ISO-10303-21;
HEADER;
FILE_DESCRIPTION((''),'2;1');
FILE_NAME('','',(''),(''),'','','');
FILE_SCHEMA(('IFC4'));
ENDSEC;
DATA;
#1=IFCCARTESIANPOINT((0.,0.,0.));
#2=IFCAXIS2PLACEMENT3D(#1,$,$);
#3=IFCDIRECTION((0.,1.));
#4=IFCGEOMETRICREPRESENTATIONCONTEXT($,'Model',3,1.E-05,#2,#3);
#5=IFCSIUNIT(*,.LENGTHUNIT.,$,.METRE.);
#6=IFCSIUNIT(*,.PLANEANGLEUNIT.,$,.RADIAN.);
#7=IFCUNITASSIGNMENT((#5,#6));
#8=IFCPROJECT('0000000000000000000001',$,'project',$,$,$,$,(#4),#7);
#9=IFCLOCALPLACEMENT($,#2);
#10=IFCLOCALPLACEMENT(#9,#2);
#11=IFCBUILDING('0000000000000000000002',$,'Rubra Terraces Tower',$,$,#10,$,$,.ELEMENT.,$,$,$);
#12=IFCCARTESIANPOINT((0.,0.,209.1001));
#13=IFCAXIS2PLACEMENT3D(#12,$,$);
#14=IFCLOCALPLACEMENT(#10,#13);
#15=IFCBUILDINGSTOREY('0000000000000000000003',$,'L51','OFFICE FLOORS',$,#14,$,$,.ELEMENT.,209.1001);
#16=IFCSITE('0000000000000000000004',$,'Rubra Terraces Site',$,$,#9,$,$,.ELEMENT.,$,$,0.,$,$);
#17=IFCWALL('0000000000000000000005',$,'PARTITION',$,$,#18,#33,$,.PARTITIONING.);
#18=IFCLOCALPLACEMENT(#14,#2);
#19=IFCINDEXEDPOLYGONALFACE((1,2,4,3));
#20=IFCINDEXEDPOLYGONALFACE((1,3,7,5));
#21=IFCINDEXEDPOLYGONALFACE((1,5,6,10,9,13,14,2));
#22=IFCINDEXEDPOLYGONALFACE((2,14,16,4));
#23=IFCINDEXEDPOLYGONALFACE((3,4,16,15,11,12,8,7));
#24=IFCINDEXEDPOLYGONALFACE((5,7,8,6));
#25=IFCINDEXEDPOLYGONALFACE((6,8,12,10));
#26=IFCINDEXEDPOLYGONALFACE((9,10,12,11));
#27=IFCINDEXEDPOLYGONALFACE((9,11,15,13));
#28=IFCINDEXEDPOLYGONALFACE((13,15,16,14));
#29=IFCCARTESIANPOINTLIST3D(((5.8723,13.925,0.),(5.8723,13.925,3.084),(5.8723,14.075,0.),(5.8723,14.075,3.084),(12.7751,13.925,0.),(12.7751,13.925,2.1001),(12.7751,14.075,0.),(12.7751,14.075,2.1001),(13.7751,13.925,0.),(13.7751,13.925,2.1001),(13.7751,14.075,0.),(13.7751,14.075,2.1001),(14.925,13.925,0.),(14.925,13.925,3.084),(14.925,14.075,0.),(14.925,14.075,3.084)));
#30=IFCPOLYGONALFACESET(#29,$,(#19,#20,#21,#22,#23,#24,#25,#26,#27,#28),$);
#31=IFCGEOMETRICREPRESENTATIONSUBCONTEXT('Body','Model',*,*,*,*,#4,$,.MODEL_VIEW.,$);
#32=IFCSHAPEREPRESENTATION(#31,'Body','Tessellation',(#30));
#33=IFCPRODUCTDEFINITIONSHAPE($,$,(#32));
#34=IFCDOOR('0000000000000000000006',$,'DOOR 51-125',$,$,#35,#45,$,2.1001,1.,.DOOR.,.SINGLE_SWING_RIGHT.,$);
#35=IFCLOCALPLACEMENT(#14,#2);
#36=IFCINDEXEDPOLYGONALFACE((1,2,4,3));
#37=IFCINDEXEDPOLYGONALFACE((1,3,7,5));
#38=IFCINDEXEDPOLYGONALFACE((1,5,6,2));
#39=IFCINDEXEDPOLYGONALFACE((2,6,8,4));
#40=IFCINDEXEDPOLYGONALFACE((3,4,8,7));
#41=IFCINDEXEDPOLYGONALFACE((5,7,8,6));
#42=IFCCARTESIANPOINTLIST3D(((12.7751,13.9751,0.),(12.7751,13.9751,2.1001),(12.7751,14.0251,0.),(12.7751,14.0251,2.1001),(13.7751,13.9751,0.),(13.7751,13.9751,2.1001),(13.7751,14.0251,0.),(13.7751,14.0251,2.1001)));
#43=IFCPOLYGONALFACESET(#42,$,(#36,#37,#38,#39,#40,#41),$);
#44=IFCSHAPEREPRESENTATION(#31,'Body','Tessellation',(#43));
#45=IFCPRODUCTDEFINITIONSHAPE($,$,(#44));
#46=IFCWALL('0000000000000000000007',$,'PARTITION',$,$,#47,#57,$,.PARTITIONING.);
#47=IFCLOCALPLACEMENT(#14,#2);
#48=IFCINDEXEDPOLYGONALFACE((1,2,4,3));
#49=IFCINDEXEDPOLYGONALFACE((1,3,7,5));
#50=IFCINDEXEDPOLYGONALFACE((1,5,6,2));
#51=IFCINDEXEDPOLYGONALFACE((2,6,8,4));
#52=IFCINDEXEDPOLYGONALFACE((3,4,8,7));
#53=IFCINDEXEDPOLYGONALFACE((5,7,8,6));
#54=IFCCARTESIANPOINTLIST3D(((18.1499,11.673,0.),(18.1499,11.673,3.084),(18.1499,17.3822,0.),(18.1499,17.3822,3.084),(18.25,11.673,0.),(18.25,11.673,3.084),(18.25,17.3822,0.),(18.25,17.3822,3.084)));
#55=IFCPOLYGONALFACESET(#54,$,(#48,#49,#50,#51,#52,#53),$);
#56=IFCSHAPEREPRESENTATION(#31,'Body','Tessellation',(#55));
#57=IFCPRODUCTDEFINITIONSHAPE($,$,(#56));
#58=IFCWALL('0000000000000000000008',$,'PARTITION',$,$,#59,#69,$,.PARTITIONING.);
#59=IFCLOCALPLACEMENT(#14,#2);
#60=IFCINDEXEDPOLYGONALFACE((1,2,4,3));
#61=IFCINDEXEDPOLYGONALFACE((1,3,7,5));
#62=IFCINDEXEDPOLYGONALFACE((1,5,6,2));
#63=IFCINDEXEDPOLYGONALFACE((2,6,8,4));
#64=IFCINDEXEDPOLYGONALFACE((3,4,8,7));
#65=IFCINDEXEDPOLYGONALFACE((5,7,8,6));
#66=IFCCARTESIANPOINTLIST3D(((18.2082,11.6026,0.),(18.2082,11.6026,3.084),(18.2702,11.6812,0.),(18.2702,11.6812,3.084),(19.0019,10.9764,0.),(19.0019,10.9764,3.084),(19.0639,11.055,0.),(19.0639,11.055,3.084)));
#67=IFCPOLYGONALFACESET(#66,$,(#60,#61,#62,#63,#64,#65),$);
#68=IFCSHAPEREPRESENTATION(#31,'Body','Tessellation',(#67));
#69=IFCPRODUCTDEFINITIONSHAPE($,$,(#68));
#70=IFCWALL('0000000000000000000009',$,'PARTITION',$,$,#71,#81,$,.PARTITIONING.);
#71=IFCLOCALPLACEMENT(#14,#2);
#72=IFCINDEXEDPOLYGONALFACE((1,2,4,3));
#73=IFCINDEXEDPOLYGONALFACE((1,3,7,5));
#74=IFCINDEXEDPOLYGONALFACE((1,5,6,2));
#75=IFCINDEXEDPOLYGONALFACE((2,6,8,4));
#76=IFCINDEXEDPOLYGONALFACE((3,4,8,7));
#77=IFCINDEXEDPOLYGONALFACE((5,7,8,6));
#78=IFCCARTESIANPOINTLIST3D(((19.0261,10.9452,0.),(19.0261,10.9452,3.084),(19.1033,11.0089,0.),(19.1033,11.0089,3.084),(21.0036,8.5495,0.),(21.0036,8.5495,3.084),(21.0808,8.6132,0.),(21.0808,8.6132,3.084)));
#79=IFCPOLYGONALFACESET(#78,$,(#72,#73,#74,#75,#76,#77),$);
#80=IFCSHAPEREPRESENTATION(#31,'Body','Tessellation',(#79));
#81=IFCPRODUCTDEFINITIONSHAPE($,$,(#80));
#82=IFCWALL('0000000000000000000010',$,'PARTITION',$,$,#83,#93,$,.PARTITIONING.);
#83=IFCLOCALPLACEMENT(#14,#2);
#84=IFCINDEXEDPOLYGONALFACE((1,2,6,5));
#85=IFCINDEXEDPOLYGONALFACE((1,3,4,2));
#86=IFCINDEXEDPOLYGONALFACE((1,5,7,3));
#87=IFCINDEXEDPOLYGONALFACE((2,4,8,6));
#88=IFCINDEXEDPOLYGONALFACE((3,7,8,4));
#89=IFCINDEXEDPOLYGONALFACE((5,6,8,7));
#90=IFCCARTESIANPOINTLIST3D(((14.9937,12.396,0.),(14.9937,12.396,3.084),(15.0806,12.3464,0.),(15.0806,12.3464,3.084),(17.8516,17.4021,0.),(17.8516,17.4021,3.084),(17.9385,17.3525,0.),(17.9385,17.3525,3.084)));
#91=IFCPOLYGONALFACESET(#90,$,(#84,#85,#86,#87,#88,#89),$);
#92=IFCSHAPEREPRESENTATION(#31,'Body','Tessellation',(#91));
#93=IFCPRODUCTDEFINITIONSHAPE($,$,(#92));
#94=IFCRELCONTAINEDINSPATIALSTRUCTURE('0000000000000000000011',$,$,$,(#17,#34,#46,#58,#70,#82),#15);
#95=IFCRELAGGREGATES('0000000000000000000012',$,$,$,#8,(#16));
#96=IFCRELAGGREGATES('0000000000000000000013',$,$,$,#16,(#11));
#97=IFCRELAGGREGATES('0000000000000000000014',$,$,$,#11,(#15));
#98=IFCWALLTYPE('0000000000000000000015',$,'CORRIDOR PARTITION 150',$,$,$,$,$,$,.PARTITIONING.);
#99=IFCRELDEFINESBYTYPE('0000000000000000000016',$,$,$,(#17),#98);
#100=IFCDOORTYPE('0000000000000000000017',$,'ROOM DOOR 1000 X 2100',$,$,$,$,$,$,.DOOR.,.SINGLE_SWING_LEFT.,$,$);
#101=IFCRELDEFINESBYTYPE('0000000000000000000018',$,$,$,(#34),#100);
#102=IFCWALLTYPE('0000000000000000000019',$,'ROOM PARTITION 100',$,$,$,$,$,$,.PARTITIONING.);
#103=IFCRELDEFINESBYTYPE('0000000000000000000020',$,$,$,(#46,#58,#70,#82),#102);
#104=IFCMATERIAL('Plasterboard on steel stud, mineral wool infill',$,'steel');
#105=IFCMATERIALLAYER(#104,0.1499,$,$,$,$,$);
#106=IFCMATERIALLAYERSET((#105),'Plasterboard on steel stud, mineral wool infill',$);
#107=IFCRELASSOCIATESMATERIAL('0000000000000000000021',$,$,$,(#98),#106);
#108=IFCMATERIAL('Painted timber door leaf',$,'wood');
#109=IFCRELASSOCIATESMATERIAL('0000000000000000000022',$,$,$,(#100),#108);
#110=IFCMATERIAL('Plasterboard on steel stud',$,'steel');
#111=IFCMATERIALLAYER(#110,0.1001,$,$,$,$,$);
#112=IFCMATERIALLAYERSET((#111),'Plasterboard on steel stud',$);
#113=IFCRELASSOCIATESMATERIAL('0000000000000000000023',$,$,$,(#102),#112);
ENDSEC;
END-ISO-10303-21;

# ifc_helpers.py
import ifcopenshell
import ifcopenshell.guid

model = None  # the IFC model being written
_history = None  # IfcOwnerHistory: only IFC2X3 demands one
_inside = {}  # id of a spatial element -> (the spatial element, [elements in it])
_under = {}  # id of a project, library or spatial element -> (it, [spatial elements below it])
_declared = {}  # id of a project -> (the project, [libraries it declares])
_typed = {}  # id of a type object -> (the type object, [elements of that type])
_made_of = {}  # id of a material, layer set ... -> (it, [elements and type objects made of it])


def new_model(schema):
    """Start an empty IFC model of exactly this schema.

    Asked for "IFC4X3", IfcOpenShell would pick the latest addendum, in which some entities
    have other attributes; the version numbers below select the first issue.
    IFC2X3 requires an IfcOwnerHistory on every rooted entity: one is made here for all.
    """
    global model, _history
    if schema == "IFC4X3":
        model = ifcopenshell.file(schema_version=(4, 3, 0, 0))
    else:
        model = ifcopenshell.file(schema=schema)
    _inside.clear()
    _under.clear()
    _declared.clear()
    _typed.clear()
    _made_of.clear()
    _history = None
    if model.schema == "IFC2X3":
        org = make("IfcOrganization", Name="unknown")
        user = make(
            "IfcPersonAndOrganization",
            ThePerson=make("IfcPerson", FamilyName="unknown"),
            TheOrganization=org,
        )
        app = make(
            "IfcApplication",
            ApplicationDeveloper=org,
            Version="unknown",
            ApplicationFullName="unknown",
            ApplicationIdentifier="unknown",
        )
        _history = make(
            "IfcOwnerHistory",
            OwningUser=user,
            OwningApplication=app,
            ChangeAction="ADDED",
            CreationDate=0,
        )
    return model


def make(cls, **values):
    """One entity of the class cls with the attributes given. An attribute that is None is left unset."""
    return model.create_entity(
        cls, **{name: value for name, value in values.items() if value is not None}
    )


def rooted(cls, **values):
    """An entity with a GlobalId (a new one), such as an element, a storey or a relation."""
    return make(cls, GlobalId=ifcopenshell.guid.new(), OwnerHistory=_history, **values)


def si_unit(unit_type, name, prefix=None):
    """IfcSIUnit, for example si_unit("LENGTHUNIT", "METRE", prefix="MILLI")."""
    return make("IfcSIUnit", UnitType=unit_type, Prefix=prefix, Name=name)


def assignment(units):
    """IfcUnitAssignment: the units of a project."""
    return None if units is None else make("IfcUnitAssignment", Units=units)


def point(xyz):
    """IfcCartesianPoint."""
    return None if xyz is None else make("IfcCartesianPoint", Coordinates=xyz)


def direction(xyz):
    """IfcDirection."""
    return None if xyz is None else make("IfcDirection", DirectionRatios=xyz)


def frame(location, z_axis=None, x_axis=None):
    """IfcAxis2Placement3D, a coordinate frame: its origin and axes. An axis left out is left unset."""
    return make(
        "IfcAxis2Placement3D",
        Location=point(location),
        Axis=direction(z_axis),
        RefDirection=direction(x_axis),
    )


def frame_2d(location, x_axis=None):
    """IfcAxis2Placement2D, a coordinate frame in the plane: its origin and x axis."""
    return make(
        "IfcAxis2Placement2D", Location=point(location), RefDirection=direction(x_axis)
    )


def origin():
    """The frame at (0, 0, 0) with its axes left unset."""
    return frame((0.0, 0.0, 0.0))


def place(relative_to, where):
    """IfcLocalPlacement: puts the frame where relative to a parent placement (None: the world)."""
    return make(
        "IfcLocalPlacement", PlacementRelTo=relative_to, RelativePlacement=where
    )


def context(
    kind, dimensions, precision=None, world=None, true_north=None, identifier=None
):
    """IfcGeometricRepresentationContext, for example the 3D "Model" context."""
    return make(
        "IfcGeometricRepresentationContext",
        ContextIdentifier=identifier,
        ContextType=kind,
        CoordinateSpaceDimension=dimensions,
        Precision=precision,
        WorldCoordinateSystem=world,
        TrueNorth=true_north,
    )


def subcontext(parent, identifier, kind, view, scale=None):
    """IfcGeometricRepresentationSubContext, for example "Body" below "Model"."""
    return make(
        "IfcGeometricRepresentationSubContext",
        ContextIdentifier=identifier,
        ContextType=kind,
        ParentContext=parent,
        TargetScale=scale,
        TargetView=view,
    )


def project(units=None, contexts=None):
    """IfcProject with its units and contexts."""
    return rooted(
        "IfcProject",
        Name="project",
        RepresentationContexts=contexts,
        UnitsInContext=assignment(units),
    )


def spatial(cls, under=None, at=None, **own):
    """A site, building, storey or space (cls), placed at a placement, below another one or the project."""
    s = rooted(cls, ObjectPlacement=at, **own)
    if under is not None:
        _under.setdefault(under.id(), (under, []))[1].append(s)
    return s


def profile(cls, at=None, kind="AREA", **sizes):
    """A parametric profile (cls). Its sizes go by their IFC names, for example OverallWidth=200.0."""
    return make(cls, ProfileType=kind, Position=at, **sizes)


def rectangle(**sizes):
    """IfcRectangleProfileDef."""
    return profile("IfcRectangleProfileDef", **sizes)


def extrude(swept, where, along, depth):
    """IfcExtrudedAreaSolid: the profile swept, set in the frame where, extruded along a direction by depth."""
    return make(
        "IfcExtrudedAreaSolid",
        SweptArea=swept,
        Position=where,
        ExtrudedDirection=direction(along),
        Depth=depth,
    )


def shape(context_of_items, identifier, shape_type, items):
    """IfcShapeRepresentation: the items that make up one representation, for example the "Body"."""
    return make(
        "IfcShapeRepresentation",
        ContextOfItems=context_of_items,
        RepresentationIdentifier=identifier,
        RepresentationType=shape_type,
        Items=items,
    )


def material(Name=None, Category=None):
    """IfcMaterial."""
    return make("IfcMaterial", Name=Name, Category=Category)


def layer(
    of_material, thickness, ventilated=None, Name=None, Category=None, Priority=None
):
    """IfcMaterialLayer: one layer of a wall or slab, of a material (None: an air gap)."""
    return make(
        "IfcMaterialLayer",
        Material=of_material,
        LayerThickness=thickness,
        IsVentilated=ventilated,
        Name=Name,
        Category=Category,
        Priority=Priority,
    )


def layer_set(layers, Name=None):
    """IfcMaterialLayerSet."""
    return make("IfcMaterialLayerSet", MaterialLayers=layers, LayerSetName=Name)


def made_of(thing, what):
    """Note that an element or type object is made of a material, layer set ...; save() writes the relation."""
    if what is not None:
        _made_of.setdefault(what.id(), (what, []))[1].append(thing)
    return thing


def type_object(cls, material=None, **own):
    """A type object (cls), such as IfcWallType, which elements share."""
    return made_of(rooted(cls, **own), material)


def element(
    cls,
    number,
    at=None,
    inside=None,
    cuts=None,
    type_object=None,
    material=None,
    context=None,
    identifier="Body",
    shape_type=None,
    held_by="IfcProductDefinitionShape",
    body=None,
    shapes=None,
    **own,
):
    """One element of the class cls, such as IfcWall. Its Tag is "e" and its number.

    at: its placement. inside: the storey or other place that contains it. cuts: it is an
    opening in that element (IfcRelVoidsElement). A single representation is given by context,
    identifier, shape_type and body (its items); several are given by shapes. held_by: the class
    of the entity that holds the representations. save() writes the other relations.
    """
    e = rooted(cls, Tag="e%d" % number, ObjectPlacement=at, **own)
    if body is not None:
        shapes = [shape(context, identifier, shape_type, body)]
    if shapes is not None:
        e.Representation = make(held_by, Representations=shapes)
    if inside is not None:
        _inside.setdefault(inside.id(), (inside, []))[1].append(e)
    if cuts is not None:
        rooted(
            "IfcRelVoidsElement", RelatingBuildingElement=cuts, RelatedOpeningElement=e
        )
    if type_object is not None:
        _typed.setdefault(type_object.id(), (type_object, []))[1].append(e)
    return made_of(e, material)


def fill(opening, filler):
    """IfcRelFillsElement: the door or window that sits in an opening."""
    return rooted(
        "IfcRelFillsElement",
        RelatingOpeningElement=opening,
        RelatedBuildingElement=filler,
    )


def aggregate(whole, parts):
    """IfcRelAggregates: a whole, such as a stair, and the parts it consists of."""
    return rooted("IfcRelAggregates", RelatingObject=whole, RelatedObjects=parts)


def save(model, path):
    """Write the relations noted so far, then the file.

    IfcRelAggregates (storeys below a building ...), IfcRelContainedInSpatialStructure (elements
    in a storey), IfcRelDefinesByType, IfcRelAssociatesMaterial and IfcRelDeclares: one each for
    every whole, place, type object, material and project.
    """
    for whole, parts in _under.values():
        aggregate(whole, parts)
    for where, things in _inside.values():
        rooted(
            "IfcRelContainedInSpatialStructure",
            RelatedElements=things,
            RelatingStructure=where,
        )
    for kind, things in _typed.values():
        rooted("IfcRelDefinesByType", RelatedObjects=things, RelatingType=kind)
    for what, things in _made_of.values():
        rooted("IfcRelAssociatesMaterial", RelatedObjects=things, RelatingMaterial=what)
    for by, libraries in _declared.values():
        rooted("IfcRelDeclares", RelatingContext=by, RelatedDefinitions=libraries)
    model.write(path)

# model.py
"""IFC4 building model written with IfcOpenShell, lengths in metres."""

from ifc_helpers import new_model, si_unit, direction, frame, frame_2d, origin, place, context, subcontext, project, spatial, rectangle, extrude, material, layer, layer_set, type_object, element, fill, save


model = new_model("IFC4")

# Units and contexts
model_context = context("Model", 3, precision=1e-05, world=origin(), true_north=direction((0.0, 1.0)))
body_context = subcontext(model_context, "Body", "Model", "MODEL_VIEW")
ifc_project = project(units=[si_unit("LENGTHUNIT", "METRE"), si_unit("PLANEANGLEUNIT", "RADIAN")], contexts=[model_context])

# Site, building, storey
site_placement = place(None, origin())
site = spatial("IfcSite", under=ifc_project, at=site_placement, Name="Rubra Terraces Site", CompositionType="ELEMENT", RefElevation=0.0)
building_placement = place(site_placement, origin())
building = spatial("IfcBuilding", under=site, at=building_placement, Name="Rubra Terraces Tower", CompositionType="ELEMENT")
storey_placement = place(building_placement, frame((0.0, 0.0, 209.1001)))
storey = spatial("IfcBuildingStorey", under=building, at=storey_placement, Name="L51", Description="OFFICE FLOORS", CompositionType="ELEMENT", Elevation=209.1001)

# Shared definitions
ifc_material_1 = material(Name="Plasterboard on steel stud, mineral wool infill", Category="steel")
ifc_layer_1 = layer(ifc_material_1, 0.1499)
ifc_layer_set_1 = layer_set([ifc_layer_1], Name="Plasterboard on steel stud, mineral wool infill")
wall_type_1 = type_object("IfcWallType", Name="CORRIDOR PARTITION 150", PredefinedType="PARTITIONING", material=ifc_layer_set_1)

# Wall, opening, door
wall_1_placement = place(storey_placement, frame((14.925, 14.0, 0.0), z_axis=(0.0, 0.0, 1.0), x_axis=(-1.0, 0.0, 0.0)))
wall_1 = element("IfcWall", 1, at=wall_1_placement, inside=storey, type_object=wall_type_1, Name="PARTITION", PredefinedType="PARTITIONING", context=body_context, shape_type="SweptSolid", body=[
    extrude(rectangle(XDim=9.0527, YDim=0.1499, at=frame_2d((4.5264, 0.0))), origin(), (0.0, 0.0, 1.0), 3.084),
])
opening_1_placement = place(wall_1_placement, frame((1.1499, 0.0, 0.0)))
opening_1 = element("IfcOpeningElement", 2, at=opening_1_placement, cuts=wall_1, PredefinedType="OPENING", context=body_context, shape_type="SweptSolid", body=[
    extrude(rectangle(XDim=1.0, YDim=2.1001, at=frame_2d((0.5, 1.05))), frame((0.0, 0.085, 0.0), z_axis=(0.0, -1.0, 0.0), x_axis=(1.0, 0.0, 0.0)), (0.0, 0.0, 1.0), 0.1699),
])
ifc_material_2 = material(Name="Painted timber door leaf", Category="wood")
door_type = type_object("IfcDoorType", Name="ROOM DOOR 1000 X 2100", OperationType="SINGLE_SWING_LEFT", PredefinedType="DOOR", material=ifc_material_2)
door_placement = place(opening_1_placement, origin())
door = element("IfcDoor", 3, at=door_placement, inside=storey, type_object=door_type, Name="DOOR 51-125", OperationType="SINGLE_SWING_RIGHT", OverallHeight=2.1001, OverallWidth=1.0, PredefinedType="DOOR", context=body_context, shape_type="SweptSolid", body=[
    extrude(rectangle(XDim=1.0, YDim=2.1001, at=frame_2d((0.5, 1.05))), frame((0.0, 0.0249, 0.0), z_axis=(0.0, -1.0, 0.0), x_axis=(1.0, 0.0, 0.0)), (0.0, 0.0, 1.0), 0.05),
])
fill(opening_1, door)

# Walls
ifc_material_3 = material(Name="Plasterboard on steel stud", Category="steel")
ifc_layer_2 = layer(ifc_material_3, 0.1001)
ifc_layer_set_2 = layer_set([ifc_layer_2], Name="Plasterboard on steel stud")
wall_type_2 = type_object("IfcWallType", Name="ROOM PARTITION 100", PredefinedType="PARTITIONING", material=ifc_layer_set_2)
wall_2_placement = place(storey_placement, frame((18.2, 17.3821, 0.0), z_axis=(0.0, 0.0, 1.0), x_axis=(0.0, -1.0, 0.0)))
element("IfcWall", 4, at=wall_2_placement, inside=storey, type_object=wall_type_2, Name="PARTITION", PredefinedType="PARTITIONING", context=body_context, shape_type="SweptSolid", body=[
    extrude(rectangle(XDim=5.7092, YDim=0.1001, at=frame_2d((2.8545, 0.0))), origin(), (0.0, 0.0, 1.0), 3.084),
])
wall_3_placement = place(storey_placement, frame((18.2393, 11.6418, 0.0), z_axis=(0.0, 0.0, 1.0), x_axis=(0.785068, -0.619409, 0.0)))
element("IfcWall", 5, at=wall_3_placement, inside=storey, type_object=wall_type_2, Name="PARTITION", PredefinedType="PARTITIONING", context=body_context, shape_type="SweptSolid", body=[
    extrude(rectangle(XDim=1.011, YDim=0.1001, at=frame_2d((0.5054, 0.0))), origin(), (0.0, 0.0, 1.0), 3.084),
])
wall_4_placement = place(storey_placement, frame((19.0647, 10.9771, 0.0), z_axis=(0.0, 0.0, 1.0), x_axis=(0.636583, -0.771208, 0.0)))
element("IfcWall", 6, at=wall_4_placement, inside=storey, type_object=wall_type_2, Name="PARTITION", PredefinedType="PARTITIONING", context=body_context, shape_type="SweptSolid", body=[
    extrude(rectangle(XDim=3.1064, YDim=0.1001, at=frame_2d((1.5532, 0.0))), origin(), (0.0, 0.0, 1.0), 3.084),
])
wall_5_placement = place(storey_placement, frame((15.0371, 12.3711, 0.0), z_axis=(0.0, 0.0, 1.0), x_axis=(0.495783, 0.868446, 0.0)))
element("IfcWall", 7, at=wall_5_placement, inside=storey, type_object=wall_type_2, Name="PARTITION", PredefinedType="PARTITIONING", context=body_context, shape_type="SweptSolid", body=[
    extrude(rectangle(XDim=5.7644, YDim=0.1001, at=frame_2d((2.8823, 0.0))), origin(), (0.0, 0.0, 1.0), 3.084),
])

save(model, "model.ifc")
